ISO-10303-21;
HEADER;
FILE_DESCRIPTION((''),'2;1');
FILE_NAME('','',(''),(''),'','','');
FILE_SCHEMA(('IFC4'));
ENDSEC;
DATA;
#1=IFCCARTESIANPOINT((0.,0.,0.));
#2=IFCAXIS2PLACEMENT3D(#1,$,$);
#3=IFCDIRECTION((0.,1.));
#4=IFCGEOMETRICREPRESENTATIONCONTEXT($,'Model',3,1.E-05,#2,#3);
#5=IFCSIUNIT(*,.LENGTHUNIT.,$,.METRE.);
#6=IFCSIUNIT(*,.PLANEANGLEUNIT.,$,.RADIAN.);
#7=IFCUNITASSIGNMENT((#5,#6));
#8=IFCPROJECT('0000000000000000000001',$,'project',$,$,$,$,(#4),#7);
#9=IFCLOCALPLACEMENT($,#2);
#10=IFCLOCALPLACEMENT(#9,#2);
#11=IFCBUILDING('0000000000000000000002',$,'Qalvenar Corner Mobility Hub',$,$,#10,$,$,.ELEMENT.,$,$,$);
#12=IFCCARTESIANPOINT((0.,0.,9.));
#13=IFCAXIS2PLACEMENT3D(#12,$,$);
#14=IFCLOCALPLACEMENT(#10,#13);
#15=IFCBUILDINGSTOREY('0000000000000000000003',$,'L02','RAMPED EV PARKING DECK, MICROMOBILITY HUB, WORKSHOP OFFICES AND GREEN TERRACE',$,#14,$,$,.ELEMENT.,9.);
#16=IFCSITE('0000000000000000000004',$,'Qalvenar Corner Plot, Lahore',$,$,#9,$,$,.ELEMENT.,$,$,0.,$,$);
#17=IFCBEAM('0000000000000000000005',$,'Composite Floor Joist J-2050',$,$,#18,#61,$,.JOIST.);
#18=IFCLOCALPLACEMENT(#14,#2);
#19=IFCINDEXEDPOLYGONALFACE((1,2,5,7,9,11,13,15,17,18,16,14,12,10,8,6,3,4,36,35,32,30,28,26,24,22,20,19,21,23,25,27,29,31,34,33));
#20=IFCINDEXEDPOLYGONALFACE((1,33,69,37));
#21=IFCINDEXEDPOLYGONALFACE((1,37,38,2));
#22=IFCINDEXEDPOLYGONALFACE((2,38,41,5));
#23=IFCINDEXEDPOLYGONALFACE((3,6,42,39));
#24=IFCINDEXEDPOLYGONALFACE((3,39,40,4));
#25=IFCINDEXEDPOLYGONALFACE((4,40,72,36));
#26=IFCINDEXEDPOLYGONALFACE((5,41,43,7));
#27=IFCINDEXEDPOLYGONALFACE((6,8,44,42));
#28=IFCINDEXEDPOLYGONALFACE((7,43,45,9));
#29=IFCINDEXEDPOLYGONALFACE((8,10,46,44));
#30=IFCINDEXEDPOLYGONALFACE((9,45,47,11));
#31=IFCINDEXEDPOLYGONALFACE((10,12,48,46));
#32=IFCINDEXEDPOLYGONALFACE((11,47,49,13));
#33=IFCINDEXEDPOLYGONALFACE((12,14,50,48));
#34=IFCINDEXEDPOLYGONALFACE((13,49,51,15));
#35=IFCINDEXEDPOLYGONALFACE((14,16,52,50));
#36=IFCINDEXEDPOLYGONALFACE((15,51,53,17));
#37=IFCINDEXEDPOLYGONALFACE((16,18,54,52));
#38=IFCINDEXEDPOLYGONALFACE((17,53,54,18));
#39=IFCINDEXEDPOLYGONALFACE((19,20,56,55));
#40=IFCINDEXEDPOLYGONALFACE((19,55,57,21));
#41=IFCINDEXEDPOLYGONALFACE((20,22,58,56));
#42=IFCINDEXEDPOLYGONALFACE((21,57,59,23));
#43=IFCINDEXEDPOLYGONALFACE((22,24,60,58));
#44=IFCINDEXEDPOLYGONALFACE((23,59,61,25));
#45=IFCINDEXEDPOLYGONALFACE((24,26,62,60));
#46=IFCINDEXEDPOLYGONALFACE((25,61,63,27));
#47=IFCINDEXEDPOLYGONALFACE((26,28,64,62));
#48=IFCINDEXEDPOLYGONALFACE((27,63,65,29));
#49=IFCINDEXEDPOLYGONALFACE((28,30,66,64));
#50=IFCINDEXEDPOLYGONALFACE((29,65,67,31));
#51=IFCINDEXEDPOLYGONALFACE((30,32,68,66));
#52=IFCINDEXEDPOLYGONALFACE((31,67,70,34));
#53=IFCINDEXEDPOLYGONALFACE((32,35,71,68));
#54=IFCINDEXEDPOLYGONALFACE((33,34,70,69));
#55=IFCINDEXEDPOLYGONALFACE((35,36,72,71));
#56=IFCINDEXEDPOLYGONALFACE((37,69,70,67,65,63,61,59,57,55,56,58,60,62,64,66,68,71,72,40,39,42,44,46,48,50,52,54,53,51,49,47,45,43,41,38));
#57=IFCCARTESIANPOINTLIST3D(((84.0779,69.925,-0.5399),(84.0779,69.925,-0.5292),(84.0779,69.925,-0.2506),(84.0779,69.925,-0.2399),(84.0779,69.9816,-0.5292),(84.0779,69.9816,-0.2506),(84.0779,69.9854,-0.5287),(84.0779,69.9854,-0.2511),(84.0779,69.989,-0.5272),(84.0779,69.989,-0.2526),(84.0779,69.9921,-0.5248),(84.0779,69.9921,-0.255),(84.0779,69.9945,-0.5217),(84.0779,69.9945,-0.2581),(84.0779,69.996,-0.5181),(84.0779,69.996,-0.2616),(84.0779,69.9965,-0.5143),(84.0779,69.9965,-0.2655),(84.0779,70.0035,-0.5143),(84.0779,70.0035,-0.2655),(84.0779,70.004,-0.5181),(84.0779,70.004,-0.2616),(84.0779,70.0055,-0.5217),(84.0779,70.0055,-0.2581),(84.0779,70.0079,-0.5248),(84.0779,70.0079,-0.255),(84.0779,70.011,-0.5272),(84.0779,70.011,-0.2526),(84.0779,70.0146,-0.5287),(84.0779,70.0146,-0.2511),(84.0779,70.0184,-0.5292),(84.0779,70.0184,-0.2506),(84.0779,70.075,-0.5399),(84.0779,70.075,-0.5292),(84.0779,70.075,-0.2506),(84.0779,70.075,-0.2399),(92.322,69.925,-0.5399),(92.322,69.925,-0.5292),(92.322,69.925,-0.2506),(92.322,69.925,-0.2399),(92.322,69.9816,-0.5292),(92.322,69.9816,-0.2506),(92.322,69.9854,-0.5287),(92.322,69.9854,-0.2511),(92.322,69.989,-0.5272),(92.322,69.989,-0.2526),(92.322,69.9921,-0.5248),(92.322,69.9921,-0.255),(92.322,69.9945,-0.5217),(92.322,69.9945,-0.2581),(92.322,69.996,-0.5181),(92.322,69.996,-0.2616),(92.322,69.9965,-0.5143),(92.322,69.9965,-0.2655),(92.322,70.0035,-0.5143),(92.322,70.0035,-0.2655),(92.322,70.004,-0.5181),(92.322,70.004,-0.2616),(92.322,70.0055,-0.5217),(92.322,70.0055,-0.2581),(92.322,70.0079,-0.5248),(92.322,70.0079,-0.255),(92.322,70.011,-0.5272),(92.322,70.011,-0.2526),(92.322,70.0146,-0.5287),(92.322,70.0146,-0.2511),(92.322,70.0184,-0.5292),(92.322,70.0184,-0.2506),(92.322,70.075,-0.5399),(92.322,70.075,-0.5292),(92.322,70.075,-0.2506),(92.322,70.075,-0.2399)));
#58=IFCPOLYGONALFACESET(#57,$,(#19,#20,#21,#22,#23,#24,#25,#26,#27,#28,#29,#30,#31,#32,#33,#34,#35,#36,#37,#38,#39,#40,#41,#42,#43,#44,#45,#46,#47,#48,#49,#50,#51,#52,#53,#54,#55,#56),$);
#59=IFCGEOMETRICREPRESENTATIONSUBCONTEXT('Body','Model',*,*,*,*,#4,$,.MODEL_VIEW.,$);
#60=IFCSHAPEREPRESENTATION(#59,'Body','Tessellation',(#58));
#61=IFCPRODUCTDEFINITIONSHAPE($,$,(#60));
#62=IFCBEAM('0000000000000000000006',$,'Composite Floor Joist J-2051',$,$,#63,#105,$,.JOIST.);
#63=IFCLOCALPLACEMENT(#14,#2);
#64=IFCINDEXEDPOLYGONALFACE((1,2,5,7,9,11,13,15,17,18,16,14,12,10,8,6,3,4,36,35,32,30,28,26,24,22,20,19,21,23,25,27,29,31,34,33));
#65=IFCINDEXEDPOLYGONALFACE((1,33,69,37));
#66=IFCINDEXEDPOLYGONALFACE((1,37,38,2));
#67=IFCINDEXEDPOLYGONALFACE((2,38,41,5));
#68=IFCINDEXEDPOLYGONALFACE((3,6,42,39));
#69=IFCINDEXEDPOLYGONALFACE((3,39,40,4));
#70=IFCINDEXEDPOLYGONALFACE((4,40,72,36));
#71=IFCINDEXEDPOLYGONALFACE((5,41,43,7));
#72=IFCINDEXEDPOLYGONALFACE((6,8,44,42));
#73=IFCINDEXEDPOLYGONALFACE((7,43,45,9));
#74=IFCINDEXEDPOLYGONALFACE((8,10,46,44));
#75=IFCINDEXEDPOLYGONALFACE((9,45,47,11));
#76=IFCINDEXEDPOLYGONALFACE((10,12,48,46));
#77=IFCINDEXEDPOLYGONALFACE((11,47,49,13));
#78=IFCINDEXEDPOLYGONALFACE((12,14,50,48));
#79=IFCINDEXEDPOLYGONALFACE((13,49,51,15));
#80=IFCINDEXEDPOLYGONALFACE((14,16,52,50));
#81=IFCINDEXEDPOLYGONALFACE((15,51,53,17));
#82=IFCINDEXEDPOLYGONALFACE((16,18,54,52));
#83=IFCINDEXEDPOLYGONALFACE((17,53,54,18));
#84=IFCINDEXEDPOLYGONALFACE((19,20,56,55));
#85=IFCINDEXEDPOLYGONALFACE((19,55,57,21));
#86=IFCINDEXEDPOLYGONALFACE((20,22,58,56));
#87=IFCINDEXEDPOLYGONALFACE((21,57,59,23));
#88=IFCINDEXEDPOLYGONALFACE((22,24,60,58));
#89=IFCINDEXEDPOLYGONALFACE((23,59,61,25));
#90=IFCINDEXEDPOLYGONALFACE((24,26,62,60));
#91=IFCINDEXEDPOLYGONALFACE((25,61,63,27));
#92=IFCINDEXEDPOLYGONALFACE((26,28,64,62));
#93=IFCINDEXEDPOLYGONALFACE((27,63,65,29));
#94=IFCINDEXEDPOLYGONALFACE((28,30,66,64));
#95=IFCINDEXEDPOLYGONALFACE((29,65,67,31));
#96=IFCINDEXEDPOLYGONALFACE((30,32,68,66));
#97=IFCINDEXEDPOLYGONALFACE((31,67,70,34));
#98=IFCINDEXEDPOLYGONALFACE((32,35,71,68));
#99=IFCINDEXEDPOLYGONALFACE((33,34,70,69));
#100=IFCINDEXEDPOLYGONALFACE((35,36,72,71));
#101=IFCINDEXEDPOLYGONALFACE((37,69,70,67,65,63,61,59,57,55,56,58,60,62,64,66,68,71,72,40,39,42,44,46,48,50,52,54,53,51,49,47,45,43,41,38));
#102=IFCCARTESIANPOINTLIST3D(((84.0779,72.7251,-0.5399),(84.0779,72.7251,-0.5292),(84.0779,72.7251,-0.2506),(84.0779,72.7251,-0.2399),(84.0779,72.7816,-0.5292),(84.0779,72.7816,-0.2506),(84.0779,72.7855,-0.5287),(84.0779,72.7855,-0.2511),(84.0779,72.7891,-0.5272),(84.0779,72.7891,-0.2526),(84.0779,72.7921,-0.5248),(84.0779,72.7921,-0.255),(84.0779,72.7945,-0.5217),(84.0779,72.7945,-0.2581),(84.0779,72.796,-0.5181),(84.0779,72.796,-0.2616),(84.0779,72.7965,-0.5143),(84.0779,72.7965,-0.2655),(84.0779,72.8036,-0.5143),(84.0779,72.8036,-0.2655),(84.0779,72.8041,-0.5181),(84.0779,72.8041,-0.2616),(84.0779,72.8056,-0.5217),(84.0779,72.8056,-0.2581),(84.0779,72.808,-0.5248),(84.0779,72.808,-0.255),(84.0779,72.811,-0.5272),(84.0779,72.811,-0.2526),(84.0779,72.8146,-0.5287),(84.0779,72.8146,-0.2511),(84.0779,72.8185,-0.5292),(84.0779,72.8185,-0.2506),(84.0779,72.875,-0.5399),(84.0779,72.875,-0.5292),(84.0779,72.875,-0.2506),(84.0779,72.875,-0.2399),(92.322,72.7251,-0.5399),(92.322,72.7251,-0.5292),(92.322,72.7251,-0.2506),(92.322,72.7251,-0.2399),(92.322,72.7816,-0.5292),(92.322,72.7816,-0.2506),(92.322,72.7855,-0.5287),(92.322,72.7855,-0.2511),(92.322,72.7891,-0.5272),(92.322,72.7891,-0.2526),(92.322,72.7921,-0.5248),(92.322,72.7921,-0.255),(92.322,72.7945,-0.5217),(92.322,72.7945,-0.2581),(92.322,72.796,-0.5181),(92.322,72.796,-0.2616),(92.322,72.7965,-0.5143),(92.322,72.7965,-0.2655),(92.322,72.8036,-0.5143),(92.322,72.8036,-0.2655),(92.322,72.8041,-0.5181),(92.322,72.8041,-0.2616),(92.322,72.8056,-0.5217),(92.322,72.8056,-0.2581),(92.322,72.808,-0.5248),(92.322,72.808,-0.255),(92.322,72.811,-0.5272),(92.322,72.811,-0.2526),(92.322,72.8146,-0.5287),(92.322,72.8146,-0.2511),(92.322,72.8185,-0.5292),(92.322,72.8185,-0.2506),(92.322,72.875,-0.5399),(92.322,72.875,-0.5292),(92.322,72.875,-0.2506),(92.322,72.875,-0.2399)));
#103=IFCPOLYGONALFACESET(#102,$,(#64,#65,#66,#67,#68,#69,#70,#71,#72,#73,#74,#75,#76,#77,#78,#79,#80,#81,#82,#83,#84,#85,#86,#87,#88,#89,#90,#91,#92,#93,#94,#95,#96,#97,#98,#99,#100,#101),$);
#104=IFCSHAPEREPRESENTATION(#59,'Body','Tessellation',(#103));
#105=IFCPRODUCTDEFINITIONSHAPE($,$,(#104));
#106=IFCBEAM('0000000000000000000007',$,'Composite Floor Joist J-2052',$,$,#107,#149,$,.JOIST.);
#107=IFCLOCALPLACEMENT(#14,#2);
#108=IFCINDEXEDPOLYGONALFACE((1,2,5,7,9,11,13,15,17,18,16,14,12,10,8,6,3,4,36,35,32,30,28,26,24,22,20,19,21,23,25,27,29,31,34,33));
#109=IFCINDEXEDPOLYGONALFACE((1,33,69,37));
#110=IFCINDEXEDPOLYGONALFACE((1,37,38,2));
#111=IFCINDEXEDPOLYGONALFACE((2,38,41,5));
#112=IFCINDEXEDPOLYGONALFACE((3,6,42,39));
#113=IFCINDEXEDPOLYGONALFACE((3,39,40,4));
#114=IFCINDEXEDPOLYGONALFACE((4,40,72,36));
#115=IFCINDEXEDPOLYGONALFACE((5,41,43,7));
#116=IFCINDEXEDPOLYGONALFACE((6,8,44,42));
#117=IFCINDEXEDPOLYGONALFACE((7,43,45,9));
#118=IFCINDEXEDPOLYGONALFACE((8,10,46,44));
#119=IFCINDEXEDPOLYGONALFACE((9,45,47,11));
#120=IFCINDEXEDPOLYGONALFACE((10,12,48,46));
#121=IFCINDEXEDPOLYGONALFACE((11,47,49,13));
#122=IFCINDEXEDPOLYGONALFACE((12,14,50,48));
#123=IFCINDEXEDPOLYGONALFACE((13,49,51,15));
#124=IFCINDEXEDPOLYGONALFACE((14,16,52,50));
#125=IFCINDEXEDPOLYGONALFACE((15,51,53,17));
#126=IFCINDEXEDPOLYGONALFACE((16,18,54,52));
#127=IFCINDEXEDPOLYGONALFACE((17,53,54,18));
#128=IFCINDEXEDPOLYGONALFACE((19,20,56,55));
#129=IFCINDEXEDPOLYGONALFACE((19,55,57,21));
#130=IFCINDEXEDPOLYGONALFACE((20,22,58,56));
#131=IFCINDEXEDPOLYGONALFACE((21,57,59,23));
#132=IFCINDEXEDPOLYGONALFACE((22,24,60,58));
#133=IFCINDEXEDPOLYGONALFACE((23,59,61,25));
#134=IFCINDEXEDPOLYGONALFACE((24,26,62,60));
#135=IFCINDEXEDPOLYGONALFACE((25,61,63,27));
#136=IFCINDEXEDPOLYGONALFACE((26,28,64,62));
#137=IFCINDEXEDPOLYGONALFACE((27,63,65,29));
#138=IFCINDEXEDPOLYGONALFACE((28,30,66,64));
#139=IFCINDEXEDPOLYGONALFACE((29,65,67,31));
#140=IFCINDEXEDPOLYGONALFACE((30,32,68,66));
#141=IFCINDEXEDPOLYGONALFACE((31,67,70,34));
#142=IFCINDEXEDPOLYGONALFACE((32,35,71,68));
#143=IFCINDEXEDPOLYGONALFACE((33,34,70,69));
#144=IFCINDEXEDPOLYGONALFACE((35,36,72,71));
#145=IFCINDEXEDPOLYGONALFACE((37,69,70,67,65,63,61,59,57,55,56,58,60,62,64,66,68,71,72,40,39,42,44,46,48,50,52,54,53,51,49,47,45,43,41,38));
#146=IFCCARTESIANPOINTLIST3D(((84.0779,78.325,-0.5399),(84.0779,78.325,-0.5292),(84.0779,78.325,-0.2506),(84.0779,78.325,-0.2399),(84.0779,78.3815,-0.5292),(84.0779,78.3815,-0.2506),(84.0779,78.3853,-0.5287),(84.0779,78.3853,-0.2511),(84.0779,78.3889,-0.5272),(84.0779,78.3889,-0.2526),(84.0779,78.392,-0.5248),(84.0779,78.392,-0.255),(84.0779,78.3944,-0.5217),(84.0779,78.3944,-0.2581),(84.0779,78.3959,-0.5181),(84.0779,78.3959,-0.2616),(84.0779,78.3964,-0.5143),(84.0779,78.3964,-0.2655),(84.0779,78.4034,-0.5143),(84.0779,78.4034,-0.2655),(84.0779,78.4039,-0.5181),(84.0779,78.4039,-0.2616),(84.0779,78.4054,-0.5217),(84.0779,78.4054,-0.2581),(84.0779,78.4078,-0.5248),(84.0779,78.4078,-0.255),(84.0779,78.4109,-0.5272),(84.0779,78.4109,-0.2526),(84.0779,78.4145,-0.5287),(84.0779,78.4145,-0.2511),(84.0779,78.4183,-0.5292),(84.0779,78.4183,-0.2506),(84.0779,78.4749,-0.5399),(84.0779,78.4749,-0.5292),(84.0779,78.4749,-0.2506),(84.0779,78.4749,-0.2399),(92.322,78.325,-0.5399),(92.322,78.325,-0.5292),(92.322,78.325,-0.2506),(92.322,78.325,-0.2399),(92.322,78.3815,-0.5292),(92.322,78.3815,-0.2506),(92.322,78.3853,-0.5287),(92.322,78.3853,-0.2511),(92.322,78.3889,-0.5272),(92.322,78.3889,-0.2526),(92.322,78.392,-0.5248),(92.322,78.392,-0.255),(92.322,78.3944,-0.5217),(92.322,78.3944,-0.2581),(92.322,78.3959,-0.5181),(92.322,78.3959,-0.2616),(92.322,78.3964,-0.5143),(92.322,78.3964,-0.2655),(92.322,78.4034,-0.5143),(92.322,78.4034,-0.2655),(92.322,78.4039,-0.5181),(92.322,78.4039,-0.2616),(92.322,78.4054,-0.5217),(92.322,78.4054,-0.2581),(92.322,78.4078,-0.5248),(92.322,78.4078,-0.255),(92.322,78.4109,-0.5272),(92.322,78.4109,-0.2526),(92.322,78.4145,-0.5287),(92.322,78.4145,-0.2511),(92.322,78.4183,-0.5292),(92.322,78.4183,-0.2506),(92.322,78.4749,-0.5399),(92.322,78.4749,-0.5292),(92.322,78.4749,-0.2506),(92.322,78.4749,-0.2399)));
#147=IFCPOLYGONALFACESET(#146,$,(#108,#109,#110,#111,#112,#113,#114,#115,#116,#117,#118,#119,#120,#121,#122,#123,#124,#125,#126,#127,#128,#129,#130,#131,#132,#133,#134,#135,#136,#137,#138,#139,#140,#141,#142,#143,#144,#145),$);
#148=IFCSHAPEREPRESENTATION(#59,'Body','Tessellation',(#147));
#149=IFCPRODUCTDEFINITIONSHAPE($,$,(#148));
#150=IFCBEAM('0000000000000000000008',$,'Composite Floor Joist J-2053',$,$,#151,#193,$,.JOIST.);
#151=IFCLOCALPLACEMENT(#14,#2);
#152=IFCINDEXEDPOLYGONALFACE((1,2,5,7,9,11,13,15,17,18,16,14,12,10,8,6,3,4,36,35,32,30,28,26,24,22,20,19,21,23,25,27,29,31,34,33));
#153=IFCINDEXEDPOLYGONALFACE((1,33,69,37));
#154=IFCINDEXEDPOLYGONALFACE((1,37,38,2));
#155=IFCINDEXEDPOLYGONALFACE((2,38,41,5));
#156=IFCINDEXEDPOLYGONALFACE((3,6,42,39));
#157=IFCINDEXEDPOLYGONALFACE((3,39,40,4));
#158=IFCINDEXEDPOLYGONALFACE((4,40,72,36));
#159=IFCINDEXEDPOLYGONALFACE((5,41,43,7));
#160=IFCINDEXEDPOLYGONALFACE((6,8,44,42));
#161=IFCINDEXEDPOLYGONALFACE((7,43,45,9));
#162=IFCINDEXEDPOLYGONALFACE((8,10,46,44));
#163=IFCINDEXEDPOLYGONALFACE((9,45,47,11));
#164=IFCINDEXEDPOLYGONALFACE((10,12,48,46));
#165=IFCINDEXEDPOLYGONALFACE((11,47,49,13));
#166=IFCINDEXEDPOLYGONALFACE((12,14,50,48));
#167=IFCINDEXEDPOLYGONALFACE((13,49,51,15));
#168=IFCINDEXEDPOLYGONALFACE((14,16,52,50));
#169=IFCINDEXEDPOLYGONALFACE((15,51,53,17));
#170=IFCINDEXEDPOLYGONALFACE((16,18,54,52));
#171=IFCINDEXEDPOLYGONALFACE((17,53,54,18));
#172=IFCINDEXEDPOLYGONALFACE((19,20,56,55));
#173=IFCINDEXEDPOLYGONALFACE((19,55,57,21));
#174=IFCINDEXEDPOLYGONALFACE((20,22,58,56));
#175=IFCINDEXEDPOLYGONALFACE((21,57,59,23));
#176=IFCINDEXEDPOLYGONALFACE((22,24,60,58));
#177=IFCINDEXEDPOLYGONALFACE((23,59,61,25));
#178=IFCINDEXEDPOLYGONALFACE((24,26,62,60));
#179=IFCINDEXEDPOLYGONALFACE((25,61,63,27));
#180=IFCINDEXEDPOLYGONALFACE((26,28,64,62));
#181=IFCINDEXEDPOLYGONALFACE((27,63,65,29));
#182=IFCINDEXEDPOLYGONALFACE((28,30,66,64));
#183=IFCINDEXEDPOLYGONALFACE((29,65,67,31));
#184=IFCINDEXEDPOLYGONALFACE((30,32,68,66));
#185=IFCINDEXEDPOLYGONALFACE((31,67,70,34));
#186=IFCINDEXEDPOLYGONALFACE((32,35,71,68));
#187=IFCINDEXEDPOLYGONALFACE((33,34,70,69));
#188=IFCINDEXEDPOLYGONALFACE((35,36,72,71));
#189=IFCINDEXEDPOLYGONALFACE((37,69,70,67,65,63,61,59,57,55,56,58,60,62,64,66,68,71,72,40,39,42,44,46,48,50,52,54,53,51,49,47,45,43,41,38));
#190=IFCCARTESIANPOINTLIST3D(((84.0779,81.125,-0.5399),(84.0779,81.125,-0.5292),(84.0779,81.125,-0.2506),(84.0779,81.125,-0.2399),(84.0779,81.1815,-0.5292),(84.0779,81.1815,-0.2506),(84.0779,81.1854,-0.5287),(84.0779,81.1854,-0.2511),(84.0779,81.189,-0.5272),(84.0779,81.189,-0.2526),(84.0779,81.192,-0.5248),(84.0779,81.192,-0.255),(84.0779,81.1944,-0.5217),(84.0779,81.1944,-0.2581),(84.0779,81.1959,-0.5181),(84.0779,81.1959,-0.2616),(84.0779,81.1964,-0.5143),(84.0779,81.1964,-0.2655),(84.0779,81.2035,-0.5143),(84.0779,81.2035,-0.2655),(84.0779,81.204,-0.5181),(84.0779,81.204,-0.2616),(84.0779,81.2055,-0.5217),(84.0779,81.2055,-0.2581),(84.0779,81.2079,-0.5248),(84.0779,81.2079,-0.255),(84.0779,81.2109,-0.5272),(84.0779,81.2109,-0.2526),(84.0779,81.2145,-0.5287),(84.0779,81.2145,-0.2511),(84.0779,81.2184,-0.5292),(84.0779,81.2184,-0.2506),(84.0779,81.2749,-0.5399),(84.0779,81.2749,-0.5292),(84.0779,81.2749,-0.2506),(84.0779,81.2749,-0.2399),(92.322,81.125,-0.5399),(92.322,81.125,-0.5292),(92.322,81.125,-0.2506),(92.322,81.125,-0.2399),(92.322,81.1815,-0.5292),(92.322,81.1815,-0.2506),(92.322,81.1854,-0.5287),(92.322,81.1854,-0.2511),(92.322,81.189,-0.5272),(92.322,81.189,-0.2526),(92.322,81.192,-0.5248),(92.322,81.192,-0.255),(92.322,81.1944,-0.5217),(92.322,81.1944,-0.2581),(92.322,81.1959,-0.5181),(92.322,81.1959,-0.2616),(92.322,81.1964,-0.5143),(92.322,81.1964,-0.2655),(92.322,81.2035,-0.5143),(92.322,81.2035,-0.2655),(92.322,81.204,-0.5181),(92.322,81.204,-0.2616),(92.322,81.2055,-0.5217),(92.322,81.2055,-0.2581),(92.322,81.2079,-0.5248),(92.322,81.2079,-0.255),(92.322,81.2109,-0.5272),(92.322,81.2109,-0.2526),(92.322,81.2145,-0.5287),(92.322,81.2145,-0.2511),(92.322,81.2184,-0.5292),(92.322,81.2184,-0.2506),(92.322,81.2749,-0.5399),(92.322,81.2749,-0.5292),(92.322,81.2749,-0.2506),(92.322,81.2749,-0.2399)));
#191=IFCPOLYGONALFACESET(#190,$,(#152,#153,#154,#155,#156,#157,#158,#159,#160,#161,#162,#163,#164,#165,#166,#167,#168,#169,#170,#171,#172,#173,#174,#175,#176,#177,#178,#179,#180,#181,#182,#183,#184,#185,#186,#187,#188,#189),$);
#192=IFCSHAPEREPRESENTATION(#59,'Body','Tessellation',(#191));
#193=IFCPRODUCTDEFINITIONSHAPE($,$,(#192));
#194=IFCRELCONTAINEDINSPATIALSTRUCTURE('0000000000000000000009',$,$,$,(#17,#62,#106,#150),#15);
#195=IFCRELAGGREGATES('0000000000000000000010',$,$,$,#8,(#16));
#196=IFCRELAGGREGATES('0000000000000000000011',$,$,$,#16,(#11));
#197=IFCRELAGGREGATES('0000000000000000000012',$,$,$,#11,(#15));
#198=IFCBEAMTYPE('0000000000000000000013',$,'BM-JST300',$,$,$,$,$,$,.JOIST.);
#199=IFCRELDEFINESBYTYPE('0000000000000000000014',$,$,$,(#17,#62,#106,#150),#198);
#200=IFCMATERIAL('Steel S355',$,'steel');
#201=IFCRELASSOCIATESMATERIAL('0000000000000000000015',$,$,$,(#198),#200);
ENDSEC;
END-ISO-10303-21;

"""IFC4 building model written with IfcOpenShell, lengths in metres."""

from ifc_helpers import new_model, si_unit, direction, frame, origin, origin_2d, place, context, subcontext, project, spatial, i_section, extrude, material, material_profile, profile_set, type_object, element, save


model = new_model("IFC4")

# Units and contexts
model_context = context("Model", 3, precision=1e-05, world=origin(), true_north=direction((0.0, 1.0)))
body_context = subcontext(model_context, "Body", "Model", "MODEL_VIEW")
ifc_project = project(units=[si_unit("LENGTHUNIT", "METRE"), si_unit("PLANEANGLEUNIT", "RADIAN")], contexts=[model_context])

# Site, building, storey
site_placement = place(None, origin())
site = spatial("IfcSite", under=ifc_project, at=site_placement, Name="Qalvenar Corner Plot, Lahore", CompositionType="ELEMENT", RefElevation=0.0)
building_placement = place(site_placement, origin())
building = spatial("IfcBuilding", under=site, at=building_placement, Name="Qalvenar Corner Mobility Hub", CompositionType="ELEMENT")
storey_placement = place(building_placement, frame((0.0, 0.0, 9.0)))
storey = spatial("IfcBuildingStorey", under=building, at=storey_placement, Name="L02", Description="RAMPED EV PARKING DECK, MICROMOBILITY HUB, WORKSHOP OFFICES AND GREEN TERRACE", CompositionType="ELEMENT", Elevation=9.0)

# Shared definitions
ifc_material_1 = material(Name="Steel S355", Category="steel")

# Beams
ifc_material_profile_1 = material_profile(ifc_material_1, i_section(OverallWidth=0.1499, OverallDepth=0.3, WebThickness=0.0071, FlangeThickness=0.0107, FilletRadius=0.0149, at=origin_2d()), Name="IPE300")
ifc_profile_set_1 = profile_set([ifc_material_profile_1], Name="Steel S355")
beam_type_1 = type_object("IfcBeamType", Name="BM-JST300", PredefinedType="JOIST", material=ifc_profile_set_1)
for number, where, z_axis, x_axis, name in (
    (1, (84.0779, 70.0, -0.3899), (1.0, 0.0, 0.0), (0.0, 1.0, 0.0), "Composite Floor Joist J-2050"),
    (2, (84.0779, 72.8, -0.3899), (1.0, 0.0, 0.0), (0.0, 1.0, 0.0), "Composite Floor Joist J-2051"),
    (3, (84.0779, 78.3999, -0.3899), (1.0, 0.0, 0.0), (0.0, 1.0, 0.0), "Composite Floor Joist J-2052"),
    (4, (84.0779, 81.2, -0.3899), (1.0, 0.0, 0.0), (0.0, 1.0, 0.0), "Composite Floor Joist J-2053"),
):
    element("IfcBeam", number, at=place(storey_placement, frame(where, z_axis=z_axis, x_axis=x_axis)), inside=storey, type_object=beam_type_1, Name=name, PredefinedType="JOIST", context=body_context, shape_type="SweptSolid", body=[
        extrude(i_section(OverallWidth=0.1499, OverallDepth=0.3, WebThickness=0.0071, FlangeThickness=0.0107, FilletRadius=0.0149, at=origin_2d()), origin(), (0.0, 0.0, 1.0), 8.2441),
    ])

save(model, "model.ifc")
